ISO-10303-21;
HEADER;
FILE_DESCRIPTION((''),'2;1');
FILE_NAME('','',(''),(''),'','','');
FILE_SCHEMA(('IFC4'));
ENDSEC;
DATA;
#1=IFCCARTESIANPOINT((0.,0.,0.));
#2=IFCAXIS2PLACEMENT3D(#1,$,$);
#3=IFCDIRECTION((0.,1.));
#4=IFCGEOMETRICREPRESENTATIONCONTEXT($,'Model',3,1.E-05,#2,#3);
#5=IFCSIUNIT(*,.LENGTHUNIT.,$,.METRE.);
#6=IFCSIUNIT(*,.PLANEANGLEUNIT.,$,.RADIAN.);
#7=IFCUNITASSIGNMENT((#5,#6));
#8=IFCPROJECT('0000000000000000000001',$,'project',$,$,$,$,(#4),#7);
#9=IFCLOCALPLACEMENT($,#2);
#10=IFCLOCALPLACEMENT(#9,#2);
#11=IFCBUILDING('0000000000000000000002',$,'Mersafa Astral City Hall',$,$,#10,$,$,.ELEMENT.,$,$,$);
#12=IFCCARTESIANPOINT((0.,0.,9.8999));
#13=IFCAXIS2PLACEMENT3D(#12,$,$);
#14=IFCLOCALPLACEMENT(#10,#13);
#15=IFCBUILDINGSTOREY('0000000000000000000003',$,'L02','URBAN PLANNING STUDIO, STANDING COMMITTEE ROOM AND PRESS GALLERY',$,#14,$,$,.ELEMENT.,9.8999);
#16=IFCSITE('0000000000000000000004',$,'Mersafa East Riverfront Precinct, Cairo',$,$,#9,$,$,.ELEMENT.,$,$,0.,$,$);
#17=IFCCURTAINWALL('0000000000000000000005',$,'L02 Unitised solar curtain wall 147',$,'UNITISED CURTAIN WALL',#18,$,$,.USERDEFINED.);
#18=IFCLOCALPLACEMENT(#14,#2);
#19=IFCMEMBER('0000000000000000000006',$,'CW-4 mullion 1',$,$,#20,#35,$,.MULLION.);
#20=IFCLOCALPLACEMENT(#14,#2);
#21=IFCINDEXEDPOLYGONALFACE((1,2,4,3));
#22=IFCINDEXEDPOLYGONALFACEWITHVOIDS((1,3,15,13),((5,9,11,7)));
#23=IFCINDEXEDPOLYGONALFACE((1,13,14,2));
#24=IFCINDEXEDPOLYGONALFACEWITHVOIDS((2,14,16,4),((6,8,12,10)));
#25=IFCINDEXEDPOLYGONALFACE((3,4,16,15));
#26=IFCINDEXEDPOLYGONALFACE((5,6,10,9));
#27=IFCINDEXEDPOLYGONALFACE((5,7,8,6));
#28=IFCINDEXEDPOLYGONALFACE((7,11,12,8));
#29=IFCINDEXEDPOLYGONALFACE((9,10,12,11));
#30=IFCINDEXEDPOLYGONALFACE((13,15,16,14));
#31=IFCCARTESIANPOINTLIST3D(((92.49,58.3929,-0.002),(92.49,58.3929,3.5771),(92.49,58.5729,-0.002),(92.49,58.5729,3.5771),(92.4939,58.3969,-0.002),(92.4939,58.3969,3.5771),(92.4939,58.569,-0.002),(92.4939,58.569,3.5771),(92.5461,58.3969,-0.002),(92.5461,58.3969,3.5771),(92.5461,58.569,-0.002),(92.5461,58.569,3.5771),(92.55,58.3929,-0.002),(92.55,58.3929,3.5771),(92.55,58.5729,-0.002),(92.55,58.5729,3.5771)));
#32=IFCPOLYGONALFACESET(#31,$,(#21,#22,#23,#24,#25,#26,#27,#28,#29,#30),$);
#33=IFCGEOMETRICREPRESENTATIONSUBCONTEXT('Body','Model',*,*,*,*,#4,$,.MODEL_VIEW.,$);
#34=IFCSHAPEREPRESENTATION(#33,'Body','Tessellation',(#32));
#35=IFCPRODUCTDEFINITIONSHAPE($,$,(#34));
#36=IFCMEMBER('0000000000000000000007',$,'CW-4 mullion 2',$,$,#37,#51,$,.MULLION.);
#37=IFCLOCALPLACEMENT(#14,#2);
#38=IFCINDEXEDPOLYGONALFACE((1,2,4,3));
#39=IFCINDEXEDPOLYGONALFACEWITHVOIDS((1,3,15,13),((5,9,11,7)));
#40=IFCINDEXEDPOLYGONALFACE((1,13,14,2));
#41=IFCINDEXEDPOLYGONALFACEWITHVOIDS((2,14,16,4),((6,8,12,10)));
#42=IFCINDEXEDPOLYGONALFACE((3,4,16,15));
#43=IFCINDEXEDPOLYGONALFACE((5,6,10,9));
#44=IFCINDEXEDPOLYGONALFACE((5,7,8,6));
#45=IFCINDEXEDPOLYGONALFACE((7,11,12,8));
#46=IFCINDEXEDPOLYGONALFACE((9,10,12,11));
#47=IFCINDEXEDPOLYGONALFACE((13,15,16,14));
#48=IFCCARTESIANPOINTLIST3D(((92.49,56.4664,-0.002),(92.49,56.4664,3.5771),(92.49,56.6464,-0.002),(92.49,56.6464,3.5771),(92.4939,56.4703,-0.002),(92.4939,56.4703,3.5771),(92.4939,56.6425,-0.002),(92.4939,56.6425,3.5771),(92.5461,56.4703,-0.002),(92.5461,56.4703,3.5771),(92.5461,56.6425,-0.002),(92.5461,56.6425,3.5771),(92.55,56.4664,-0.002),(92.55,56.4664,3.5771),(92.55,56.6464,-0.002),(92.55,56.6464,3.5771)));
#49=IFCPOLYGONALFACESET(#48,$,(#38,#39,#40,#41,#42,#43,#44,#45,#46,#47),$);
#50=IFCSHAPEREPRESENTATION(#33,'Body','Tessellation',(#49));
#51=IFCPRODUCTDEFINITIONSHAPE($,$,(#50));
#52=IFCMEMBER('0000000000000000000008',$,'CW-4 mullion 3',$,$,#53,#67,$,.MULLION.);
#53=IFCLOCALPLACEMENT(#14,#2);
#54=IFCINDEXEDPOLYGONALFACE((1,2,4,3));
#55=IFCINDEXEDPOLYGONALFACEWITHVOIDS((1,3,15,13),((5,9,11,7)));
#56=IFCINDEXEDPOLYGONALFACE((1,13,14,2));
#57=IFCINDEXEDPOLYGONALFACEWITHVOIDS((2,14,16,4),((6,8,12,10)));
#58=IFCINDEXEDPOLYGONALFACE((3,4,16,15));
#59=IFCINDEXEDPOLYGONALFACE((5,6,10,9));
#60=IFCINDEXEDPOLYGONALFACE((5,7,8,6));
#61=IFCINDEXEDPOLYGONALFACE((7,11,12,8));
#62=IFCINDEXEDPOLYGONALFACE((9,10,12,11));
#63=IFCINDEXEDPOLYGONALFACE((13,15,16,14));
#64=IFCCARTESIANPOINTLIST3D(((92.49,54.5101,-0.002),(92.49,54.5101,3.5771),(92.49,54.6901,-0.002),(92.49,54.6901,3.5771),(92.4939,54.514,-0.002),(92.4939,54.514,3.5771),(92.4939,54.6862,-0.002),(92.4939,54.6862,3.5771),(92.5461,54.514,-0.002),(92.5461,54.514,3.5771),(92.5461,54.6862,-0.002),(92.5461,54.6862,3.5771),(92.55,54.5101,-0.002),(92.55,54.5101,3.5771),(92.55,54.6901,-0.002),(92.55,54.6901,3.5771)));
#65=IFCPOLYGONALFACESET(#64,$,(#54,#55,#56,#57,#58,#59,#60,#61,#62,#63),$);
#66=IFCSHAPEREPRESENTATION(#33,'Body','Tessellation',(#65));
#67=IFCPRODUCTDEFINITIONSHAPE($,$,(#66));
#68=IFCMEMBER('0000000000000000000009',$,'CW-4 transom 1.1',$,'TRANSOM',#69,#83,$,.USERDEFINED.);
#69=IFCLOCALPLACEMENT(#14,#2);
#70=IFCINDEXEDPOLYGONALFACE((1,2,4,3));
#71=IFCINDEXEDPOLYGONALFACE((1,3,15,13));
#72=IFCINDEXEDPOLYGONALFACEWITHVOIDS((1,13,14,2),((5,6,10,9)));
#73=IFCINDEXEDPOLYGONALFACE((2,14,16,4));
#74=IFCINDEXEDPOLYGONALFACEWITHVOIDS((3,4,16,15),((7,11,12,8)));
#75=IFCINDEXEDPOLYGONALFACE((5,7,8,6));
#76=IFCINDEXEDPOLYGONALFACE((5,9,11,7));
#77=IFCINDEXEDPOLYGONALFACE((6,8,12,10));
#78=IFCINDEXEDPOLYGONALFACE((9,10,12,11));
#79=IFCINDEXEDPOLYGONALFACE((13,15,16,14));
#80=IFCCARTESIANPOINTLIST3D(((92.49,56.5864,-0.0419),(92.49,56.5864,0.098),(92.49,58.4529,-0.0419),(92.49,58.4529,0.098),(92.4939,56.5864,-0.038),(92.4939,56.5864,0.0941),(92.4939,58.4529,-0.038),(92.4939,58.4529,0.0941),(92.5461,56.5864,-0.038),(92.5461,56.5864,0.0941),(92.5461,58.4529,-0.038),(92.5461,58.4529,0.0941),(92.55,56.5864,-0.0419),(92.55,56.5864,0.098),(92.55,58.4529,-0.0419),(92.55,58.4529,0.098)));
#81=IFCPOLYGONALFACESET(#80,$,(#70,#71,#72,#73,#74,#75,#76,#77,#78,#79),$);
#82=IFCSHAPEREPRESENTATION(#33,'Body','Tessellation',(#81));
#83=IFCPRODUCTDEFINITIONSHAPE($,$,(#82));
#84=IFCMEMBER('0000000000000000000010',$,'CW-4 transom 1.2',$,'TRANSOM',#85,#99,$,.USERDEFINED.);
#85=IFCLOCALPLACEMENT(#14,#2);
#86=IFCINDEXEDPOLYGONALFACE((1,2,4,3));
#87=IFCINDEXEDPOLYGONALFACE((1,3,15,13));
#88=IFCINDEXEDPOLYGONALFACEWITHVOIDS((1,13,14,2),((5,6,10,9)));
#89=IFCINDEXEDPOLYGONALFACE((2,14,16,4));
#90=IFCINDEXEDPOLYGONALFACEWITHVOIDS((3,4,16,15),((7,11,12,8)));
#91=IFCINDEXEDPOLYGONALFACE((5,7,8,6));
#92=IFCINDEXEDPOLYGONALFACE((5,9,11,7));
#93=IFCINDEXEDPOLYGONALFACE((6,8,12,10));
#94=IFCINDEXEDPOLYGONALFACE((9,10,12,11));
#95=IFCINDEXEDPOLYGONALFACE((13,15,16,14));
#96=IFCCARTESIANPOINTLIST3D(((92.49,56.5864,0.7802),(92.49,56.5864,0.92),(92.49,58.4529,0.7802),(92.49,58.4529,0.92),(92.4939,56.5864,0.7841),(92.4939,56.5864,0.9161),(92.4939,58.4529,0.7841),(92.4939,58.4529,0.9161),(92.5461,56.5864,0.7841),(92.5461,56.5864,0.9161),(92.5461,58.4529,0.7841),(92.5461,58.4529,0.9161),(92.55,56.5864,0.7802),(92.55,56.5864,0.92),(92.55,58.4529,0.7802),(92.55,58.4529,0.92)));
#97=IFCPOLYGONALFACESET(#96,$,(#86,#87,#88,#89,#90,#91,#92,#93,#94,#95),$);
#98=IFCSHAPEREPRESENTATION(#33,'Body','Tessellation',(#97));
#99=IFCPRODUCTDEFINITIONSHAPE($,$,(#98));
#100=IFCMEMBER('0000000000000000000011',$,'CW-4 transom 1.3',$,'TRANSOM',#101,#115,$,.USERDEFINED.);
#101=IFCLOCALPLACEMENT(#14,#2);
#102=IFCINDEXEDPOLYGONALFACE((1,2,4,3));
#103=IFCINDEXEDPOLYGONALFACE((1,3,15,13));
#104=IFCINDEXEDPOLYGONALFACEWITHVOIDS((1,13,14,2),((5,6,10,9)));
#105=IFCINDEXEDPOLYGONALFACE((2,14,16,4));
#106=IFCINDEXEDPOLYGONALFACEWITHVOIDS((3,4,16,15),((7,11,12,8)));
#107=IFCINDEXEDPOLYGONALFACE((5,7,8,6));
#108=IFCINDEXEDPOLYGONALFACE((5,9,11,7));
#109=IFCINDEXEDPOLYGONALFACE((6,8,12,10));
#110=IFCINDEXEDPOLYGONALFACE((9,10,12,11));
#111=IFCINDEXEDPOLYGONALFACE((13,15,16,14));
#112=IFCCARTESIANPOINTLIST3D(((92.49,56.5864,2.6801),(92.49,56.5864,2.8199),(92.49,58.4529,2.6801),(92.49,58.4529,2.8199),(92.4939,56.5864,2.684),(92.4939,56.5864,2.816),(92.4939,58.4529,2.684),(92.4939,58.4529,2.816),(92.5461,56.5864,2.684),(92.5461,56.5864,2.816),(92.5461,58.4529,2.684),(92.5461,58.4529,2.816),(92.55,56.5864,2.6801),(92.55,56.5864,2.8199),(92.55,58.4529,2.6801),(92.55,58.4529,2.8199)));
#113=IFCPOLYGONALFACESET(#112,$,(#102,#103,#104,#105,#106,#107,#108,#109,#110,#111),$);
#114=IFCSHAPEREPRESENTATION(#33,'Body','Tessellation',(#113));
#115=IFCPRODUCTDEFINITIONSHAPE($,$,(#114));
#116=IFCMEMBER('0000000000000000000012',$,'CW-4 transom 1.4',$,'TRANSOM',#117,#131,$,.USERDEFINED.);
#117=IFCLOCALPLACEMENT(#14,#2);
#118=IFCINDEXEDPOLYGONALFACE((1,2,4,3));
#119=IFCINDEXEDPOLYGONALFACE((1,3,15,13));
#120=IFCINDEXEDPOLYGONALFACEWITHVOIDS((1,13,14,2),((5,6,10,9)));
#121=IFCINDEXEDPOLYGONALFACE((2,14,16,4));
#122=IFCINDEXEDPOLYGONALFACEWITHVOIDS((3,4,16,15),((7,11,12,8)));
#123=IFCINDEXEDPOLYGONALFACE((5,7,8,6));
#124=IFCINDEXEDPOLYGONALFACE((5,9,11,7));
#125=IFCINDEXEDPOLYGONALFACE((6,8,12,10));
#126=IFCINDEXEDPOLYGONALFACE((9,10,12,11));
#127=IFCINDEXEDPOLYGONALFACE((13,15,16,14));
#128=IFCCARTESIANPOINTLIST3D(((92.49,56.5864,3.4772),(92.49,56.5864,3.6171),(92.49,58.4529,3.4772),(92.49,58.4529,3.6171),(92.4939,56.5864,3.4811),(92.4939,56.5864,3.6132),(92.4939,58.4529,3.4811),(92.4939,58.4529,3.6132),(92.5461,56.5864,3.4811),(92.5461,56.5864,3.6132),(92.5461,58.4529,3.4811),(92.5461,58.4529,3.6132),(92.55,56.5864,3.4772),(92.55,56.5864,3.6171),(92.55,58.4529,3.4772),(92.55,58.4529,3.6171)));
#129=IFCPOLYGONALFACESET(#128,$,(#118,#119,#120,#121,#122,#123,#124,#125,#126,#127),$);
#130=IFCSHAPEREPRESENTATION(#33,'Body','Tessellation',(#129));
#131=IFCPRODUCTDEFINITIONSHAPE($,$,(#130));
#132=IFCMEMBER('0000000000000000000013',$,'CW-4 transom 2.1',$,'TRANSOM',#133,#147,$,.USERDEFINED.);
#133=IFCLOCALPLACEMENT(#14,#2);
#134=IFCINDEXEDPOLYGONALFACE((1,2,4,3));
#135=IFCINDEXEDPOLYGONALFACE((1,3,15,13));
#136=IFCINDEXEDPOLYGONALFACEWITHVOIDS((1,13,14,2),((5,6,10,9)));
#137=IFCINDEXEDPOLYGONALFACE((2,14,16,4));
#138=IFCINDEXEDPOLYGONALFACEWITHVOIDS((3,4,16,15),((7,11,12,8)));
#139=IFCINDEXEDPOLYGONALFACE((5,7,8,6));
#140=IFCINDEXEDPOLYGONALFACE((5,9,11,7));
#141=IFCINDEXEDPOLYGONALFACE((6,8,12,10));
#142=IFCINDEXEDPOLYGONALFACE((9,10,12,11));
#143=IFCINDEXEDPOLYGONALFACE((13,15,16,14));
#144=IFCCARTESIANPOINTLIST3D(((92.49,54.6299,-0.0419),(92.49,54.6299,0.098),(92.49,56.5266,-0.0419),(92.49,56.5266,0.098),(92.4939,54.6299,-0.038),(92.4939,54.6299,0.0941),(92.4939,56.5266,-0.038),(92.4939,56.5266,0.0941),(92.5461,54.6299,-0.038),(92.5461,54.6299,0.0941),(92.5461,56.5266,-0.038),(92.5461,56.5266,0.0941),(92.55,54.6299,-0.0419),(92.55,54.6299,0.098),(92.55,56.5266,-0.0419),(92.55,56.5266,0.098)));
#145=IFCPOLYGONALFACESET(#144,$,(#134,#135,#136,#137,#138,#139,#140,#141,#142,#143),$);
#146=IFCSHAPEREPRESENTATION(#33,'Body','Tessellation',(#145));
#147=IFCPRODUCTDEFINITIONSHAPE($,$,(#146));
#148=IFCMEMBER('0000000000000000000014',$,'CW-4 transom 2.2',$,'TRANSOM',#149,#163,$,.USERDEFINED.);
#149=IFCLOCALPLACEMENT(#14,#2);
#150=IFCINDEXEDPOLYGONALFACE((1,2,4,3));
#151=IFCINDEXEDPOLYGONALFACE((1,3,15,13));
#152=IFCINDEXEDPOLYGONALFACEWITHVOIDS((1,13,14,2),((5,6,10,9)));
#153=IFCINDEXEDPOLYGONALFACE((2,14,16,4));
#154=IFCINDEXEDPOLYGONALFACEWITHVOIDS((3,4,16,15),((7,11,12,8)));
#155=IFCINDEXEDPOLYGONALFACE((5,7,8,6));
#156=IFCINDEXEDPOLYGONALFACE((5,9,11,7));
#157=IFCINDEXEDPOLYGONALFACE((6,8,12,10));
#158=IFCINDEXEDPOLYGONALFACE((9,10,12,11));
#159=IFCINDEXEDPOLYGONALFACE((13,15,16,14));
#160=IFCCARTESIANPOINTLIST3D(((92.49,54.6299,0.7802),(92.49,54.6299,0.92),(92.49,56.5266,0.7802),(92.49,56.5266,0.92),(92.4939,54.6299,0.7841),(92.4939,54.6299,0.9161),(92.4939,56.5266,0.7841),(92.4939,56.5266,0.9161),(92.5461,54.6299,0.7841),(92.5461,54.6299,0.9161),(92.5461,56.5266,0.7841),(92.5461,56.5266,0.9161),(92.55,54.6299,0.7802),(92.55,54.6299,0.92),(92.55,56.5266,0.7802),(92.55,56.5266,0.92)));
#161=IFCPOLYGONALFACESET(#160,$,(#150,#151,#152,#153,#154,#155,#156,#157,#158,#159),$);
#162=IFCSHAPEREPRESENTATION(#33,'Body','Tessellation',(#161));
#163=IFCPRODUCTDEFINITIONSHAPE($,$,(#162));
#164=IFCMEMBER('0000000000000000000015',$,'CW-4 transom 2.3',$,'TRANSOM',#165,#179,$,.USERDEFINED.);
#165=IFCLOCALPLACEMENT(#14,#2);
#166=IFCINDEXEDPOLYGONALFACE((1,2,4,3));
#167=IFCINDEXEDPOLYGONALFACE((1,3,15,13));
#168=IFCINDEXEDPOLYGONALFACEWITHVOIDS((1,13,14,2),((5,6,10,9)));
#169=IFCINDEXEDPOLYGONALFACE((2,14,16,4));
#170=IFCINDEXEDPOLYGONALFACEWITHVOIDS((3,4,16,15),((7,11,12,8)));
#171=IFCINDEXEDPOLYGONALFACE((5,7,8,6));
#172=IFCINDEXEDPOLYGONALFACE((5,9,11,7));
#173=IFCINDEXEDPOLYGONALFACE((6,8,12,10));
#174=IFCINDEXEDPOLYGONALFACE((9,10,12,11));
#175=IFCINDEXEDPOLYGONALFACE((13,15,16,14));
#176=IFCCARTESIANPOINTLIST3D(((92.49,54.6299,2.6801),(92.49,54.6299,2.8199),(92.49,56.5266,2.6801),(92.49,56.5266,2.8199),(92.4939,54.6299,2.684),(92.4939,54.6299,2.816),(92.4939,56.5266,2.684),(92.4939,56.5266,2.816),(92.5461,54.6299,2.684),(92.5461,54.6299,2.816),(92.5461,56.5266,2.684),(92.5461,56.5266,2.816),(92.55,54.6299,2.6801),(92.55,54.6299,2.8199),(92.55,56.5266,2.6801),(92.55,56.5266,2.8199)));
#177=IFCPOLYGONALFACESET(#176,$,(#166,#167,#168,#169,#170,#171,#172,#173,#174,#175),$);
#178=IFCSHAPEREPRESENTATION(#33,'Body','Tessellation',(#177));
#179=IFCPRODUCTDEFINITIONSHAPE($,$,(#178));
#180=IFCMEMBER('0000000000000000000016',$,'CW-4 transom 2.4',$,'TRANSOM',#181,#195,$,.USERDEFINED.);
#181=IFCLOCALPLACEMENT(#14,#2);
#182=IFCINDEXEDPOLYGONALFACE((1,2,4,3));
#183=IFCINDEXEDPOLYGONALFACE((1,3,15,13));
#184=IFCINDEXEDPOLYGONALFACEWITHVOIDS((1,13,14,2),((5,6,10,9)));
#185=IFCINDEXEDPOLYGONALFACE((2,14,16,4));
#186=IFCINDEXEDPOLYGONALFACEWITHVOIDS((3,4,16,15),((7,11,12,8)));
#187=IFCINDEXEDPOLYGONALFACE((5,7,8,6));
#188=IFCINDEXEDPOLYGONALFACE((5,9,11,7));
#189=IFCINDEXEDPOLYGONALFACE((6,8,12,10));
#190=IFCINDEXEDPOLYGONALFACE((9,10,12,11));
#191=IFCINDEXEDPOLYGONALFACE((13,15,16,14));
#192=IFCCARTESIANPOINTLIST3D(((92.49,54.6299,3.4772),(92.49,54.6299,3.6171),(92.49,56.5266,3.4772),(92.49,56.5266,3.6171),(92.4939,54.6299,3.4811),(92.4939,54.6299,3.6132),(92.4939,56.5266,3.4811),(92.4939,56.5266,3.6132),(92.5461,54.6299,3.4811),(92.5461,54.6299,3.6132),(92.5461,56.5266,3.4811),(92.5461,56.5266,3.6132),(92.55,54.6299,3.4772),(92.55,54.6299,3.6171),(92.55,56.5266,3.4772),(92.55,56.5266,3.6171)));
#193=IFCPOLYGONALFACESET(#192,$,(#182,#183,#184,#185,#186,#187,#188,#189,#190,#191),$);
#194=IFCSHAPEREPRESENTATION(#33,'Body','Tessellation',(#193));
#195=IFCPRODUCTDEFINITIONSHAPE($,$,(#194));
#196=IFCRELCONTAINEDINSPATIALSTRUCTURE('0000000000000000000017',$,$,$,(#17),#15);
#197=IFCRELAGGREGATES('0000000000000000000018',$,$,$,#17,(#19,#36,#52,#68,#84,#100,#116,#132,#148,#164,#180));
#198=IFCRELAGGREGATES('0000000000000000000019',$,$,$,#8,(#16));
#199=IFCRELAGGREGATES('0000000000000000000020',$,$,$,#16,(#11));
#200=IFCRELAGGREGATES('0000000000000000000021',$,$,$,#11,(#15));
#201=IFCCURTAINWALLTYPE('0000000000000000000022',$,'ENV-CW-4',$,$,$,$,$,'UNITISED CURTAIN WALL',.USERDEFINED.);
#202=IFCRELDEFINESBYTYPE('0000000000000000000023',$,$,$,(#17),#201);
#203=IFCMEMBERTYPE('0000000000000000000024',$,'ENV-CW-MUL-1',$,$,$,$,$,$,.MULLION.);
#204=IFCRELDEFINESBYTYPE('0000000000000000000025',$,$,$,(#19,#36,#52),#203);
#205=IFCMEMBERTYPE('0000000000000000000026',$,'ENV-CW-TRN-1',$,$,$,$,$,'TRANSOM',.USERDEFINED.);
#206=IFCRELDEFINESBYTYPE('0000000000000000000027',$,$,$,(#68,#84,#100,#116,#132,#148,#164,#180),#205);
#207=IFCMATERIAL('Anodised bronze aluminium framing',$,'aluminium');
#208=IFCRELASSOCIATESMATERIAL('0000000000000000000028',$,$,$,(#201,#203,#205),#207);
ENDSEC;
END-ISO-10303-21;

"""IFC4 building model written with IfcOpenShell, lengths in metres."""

from ifc_helpers import new_model, si_unit, direction, frame, origin, origin_2d, place, context, subcontext, project, spatial, hollow_rectangle, extrude, material, material_profile, profile_set, type_object, element, aggregate, save


model = new_model("IFC4")

# Units and contexts
model_context = context("Model", 3, precision=1e-05, world=origin(), true_north=direction((0.0, 1.0)))
body_context = subcontext(model_context, "Body", "Model", "MODEL_VIEW")
ifc_project = project(units=[si_unit("LENGTHUNIT", "METRE"), si_unit("PLANEANGLEUNIT", "RADIAN")], contexts=[model_context])

# Site, building, storey
site_placement = place(None, origin())
site = spatial("IfcSite", under=ifc_project, at=site_placement, Name="Mersafa East Riverfront Precinct, Cairo", CompositionType="ELEMENT", RefElevation=0.0)
building_placement = place(site_placement, origin())
building = spatial("IfcBuilding", under=site, at=building_placement, Name="Mersafa Astral City Hall", CompositionType="ELEMENT")
storey_placement = place(building_placement, frame((0.0, 0.0, 9.8999)))
storey = spatial("IfcBuildingStorey", under=building, at=storey_placement, Name="L02", Description="URBAN PLANNING STUDIO, STANDING COMMITTEE ROOM AND PRESS GALLERY", CompositionType="ELEMENT", Elevation=9.8999)

# Curtain wall, members
ifc_material_1 = material(Name="Anodised bronze aluminium framing", Category="aluminium")
curtain_wall_type = type_object("IfcCurtainWallType", Name="ENV-CW-4", ElementType="UNITISED CURTAIN WALL", PredefinedType="USERDEFINED", material=ifc_material_1)
curtain_wall_placement = place(storey_placement, origin())
curtain_wall = element("IfcCurtainWall", 1, at=curtain_wall_placement, inside=storey, type_object=curtain_wall_type, Name="L02 Unitised solar curtain wall 147", ObjectType="UNITISED CURTAIN WALL", PredefinedType="USERDEFINED")
ifc_material_profile_1 = material_profile(ifc_material_1, hollow_rectangle(XDim=0.0601, YDim=0.1799, WallThickness=0.0039, at=origin_2d()), Name="RHS 60x180x4")
ifc_profile_set_1 = profile_set([ifc_material_profile_1], Name="Anodised bronze aluminium framing")
member_type_1 = type_object("IfcMemberType", Name="ENV-CW-MUL-1", PredefinedType="MULLION", material=ifc_profile_set_1)
member_1_placement = place(storey_placement, frame((92.52, 58.4829, -0.002), z_axis=(0.0, 0.0, 1.0), x_axis=(1.0, 0.0, 0.0)))
member_1 = element("IfcMember", 2, at=member_1_placement, type_object=member_type_1, Name="CW-4 mullion 1", PredefinedType="MULLION", context=body_context, shape_type="SweptSolid", body=[
    extrude(hollow_rectangle(XDim=0.0601, YDim=0.1799, WallThickness=0.0039, at=origin_2d()), origin(), (0.0, 0.0, 1.0), 3.5791),
])
member_2_placement = place(storey_placement, frame((92.52, 56.5564, -0.002), z_axis=(0.0, 0.0, 1.0), x_axis=(1.0, 0.0, 0.0)))
member_2 = element("IfcMember", 3, at=member_2_placement, type_object=member_type_1, Name="CW-4 mullion 2", PredefinedType="MULLION", context=body_context, shape_type="SweptSolid", body=[
    extrude(hollow_rectangle(XDim=0.0601, YDim=0.1799, WallThickness=0.0039, at=origin_2d()), origin(), (0.0, 0.0, 1.0), 3.5791),
])
member_3_placement = place(storey_placement, frame((92.52, 54.6001, -0.002), z_axis=(0.0, 0.0, 1.0), x_axis=(1.0, 0.0, 0.0)))
member_3 = element("IfcMember", 4, at=member_3_placement, type_object=member_type_1, Name="CW-4 mullion 3", PredefinedType="MULLION", context=body_context, shape_type="SweptSolid", body=[
    extrude(hollow_rectangle(XDim=0.0601, YDim=0.1799, WallThickness=0.0039, at=origin_2d()), origin(), (0.0, 0.0, 1.0), 3.5791),
])
ifc_material_profile_2 = material_profile(ifc_material_1, hollow_rectangle(XDim=0.0601, YDim=0.1399, WallThickness=0.0039, at=origin_2d()), Name="RHS 60x140x4")
ifc_profile_set_2 = profile_set([ifc_material_profile_2], Name="Anodised bronze aluminium framing")
member_type_2 = type_object("IfcMemberType", Name="ENV-CW-TRN-1", ElementType="TRANSOM", PredefinedType="USERDEFINED", material=ifc_profile_set_2)
member_4_placement = place(storey_placement, frame((92.52, 58.4529, 0.0281), z_axis=(0.0, -1.0, 0.0), x_axis=(1.0, 0.0, 0.0)))
member_4 = element("IfcMember", 5, at=member_4_placement, type_object=member_type_2, Name="CW-4 transom 1.1", ObjectType="TRANSOM", PredefinedType="USERDEFINED", context=body_context, shape_type="SweptSolid", body=[
    extrude(hollow_rectangle(XDim=0.0601, YDim=0.1399, WallThickness=0.0039, at=origin_2d()), origin(), (0.0, 0.0, 1.0), 1.8665),
])
member_5_placement = place(storey_placement, frame((92.52, 58.4529, 0.8501), z_axis=(0.0, -1.0, 0.0), x_axis=(1.0, 0.0, 0.0)))
member_5 = element("IfcMember", 6, at=member_5_placement, type_object=member_type_2, Name="CW-4 transom 1.2", ObjectType="TRANSOM", PredefinedType="USERDEFINED", context=body_context, shape_type="SweptSolid", body=[
    extrude(hollow_rectangle(XDim=0.0601, YDim=0.1399, WallThickness=0.0039, at=origin_2d()), origin(), (0.0, 0.0, 1.0), 1.8665),
])
member_6_placement = place(storey_placement, frame((92.52, 58.4529, 2.75), z_axis=(0.0, -1.0, 0.0), x_axis=(1.0, 0.0, 0.0)))
member_6 = element("IfcMember", 7, at=member_6_placement, type_object=member_type_2, Name="CW-4 transom 1.3", ObjectType="TRANSOM", PredefinedType="USERDEFINED", context=body_context, shape_type="SweptSolid", body=[
    extrude(hollow_rectangle(XDim=0.0601, YDim=0.1399, WallThickness=0.0039, at=origin_2d()), origin(), (0.0, 0.0, 1.0), 1.8665),
])
member_7_placement = place(storey_placement, frame((92.52, 58.4529, 3.5471), z_axis=(0.0, -1.0, 0.0), x_axis=(1.0, 0.0, 0.0)))
member_7 = element("IfcMember", 8, at=member_7_placement, type_object=member_type_2, Name="CW-4 transom 1.4", ObjectType="TRANSOM", PredefinedType="USERDEFINED", context=body_context, shape_type="SweptSolid", body=[
    extrude(hollow_rectangle(XDim=0.0601, YDim=0.1399, WallThickness=0.0039, at=origin_2d()), origin(), (0.0, 0.0, 1.0), 1.8665),
])
member_8_placement = place(storey_placement, frame((92.52, 56.5266, 0.0281), z_axis=(0.0, -1.0, 0.0), x_axis=(1.0, 0.0, 0.0)))
member_8 = element("IfcMember", 9, at=member_8_placement, type_object=member_type_2, Name="CW-4 transom 2.1", ObjectType="TRANSOM", PredefinedType="USERDEFINED", context=body_context, shape_type="SweptSolid", body=[
    extrude(hollow_rectangle(XDim=0.0601, YDim=0.1399, WallThickness=0.0039, at=origin_2d()), origin(), (0.0, 0.0, 1.0), 1.8967),
])
member_9_placement = place(storey_placement, frame((92.52, 56.5266, 0.8501), z_axis=(0.0, -1.0, 0.0), x_axis=(1.0, 0.0, 0.0)))
member_9 = element("IfcMember", 10, at=member_9_placement, type_object=member_type_2, Name="CW-4 transom 2.2", ObjectType="TRANSOM", PredefinedType="USERDEFINED", context=body_context, shape_type="SweptSolid", body=[
    extrude(hollow_rectangle(XDim=0.0601, YDim=0.1399, WallThickness=0.0039, at=origin_2d()), origin(), (0.0, 0.0, 1.0), 1.8967),
])
member_10_placement = place(storey_placement, frame((92.52, 56.5266, 2.75), z_axis=(0.0, -1.0, 0.0), x_axis=(1.0, 0.0, 0.0)))
member_10 = element("IfcMember", 11, at=member_10_placement, type_object=member_type_2, Name="CW-4 transom 2.3", ObjectType="TRANSOM", PredefinedType="USERDEFINED", context=body_context, shape_type="SweptSolid", body=[
    extrude(hollow_rectangle(XDim=0.0601, YDim=0.1399, WallThickness=0.0039, at=origin_2d()), origin(), (0.0, 0.0, 1.0), 1.8967),
])
member_11_placement = place(storey_placement, frame((92.52, 56.5266, 3.5471), z_axis=(0.0, -1.0, 0.0), x_axis=(1.0, 0.0, 0.0)))
member_11 = element("IfcMember", 12, at=member_11_placement, type_object=member_type_2, Name="CW-4 transom 2.4", ObjectType="TRANSOM", PredefinedType="USERDEFINED", context=body_context, shape_type="SweptSolid", body=[
    extrude(hollow_rectangle(XDim=0.0601, YDim=0.1399, WallThickness=0.0039, at=origin_2d()), origin(), (0.0, 0.0, 1.0), 1.8967),
])

aggregate(curtain_wall, [member_1, member_2, member_3, member_4, member_5, member_6, member_7, member_8, member_9, member_10, member_11])

save(model, "model.ifc")
